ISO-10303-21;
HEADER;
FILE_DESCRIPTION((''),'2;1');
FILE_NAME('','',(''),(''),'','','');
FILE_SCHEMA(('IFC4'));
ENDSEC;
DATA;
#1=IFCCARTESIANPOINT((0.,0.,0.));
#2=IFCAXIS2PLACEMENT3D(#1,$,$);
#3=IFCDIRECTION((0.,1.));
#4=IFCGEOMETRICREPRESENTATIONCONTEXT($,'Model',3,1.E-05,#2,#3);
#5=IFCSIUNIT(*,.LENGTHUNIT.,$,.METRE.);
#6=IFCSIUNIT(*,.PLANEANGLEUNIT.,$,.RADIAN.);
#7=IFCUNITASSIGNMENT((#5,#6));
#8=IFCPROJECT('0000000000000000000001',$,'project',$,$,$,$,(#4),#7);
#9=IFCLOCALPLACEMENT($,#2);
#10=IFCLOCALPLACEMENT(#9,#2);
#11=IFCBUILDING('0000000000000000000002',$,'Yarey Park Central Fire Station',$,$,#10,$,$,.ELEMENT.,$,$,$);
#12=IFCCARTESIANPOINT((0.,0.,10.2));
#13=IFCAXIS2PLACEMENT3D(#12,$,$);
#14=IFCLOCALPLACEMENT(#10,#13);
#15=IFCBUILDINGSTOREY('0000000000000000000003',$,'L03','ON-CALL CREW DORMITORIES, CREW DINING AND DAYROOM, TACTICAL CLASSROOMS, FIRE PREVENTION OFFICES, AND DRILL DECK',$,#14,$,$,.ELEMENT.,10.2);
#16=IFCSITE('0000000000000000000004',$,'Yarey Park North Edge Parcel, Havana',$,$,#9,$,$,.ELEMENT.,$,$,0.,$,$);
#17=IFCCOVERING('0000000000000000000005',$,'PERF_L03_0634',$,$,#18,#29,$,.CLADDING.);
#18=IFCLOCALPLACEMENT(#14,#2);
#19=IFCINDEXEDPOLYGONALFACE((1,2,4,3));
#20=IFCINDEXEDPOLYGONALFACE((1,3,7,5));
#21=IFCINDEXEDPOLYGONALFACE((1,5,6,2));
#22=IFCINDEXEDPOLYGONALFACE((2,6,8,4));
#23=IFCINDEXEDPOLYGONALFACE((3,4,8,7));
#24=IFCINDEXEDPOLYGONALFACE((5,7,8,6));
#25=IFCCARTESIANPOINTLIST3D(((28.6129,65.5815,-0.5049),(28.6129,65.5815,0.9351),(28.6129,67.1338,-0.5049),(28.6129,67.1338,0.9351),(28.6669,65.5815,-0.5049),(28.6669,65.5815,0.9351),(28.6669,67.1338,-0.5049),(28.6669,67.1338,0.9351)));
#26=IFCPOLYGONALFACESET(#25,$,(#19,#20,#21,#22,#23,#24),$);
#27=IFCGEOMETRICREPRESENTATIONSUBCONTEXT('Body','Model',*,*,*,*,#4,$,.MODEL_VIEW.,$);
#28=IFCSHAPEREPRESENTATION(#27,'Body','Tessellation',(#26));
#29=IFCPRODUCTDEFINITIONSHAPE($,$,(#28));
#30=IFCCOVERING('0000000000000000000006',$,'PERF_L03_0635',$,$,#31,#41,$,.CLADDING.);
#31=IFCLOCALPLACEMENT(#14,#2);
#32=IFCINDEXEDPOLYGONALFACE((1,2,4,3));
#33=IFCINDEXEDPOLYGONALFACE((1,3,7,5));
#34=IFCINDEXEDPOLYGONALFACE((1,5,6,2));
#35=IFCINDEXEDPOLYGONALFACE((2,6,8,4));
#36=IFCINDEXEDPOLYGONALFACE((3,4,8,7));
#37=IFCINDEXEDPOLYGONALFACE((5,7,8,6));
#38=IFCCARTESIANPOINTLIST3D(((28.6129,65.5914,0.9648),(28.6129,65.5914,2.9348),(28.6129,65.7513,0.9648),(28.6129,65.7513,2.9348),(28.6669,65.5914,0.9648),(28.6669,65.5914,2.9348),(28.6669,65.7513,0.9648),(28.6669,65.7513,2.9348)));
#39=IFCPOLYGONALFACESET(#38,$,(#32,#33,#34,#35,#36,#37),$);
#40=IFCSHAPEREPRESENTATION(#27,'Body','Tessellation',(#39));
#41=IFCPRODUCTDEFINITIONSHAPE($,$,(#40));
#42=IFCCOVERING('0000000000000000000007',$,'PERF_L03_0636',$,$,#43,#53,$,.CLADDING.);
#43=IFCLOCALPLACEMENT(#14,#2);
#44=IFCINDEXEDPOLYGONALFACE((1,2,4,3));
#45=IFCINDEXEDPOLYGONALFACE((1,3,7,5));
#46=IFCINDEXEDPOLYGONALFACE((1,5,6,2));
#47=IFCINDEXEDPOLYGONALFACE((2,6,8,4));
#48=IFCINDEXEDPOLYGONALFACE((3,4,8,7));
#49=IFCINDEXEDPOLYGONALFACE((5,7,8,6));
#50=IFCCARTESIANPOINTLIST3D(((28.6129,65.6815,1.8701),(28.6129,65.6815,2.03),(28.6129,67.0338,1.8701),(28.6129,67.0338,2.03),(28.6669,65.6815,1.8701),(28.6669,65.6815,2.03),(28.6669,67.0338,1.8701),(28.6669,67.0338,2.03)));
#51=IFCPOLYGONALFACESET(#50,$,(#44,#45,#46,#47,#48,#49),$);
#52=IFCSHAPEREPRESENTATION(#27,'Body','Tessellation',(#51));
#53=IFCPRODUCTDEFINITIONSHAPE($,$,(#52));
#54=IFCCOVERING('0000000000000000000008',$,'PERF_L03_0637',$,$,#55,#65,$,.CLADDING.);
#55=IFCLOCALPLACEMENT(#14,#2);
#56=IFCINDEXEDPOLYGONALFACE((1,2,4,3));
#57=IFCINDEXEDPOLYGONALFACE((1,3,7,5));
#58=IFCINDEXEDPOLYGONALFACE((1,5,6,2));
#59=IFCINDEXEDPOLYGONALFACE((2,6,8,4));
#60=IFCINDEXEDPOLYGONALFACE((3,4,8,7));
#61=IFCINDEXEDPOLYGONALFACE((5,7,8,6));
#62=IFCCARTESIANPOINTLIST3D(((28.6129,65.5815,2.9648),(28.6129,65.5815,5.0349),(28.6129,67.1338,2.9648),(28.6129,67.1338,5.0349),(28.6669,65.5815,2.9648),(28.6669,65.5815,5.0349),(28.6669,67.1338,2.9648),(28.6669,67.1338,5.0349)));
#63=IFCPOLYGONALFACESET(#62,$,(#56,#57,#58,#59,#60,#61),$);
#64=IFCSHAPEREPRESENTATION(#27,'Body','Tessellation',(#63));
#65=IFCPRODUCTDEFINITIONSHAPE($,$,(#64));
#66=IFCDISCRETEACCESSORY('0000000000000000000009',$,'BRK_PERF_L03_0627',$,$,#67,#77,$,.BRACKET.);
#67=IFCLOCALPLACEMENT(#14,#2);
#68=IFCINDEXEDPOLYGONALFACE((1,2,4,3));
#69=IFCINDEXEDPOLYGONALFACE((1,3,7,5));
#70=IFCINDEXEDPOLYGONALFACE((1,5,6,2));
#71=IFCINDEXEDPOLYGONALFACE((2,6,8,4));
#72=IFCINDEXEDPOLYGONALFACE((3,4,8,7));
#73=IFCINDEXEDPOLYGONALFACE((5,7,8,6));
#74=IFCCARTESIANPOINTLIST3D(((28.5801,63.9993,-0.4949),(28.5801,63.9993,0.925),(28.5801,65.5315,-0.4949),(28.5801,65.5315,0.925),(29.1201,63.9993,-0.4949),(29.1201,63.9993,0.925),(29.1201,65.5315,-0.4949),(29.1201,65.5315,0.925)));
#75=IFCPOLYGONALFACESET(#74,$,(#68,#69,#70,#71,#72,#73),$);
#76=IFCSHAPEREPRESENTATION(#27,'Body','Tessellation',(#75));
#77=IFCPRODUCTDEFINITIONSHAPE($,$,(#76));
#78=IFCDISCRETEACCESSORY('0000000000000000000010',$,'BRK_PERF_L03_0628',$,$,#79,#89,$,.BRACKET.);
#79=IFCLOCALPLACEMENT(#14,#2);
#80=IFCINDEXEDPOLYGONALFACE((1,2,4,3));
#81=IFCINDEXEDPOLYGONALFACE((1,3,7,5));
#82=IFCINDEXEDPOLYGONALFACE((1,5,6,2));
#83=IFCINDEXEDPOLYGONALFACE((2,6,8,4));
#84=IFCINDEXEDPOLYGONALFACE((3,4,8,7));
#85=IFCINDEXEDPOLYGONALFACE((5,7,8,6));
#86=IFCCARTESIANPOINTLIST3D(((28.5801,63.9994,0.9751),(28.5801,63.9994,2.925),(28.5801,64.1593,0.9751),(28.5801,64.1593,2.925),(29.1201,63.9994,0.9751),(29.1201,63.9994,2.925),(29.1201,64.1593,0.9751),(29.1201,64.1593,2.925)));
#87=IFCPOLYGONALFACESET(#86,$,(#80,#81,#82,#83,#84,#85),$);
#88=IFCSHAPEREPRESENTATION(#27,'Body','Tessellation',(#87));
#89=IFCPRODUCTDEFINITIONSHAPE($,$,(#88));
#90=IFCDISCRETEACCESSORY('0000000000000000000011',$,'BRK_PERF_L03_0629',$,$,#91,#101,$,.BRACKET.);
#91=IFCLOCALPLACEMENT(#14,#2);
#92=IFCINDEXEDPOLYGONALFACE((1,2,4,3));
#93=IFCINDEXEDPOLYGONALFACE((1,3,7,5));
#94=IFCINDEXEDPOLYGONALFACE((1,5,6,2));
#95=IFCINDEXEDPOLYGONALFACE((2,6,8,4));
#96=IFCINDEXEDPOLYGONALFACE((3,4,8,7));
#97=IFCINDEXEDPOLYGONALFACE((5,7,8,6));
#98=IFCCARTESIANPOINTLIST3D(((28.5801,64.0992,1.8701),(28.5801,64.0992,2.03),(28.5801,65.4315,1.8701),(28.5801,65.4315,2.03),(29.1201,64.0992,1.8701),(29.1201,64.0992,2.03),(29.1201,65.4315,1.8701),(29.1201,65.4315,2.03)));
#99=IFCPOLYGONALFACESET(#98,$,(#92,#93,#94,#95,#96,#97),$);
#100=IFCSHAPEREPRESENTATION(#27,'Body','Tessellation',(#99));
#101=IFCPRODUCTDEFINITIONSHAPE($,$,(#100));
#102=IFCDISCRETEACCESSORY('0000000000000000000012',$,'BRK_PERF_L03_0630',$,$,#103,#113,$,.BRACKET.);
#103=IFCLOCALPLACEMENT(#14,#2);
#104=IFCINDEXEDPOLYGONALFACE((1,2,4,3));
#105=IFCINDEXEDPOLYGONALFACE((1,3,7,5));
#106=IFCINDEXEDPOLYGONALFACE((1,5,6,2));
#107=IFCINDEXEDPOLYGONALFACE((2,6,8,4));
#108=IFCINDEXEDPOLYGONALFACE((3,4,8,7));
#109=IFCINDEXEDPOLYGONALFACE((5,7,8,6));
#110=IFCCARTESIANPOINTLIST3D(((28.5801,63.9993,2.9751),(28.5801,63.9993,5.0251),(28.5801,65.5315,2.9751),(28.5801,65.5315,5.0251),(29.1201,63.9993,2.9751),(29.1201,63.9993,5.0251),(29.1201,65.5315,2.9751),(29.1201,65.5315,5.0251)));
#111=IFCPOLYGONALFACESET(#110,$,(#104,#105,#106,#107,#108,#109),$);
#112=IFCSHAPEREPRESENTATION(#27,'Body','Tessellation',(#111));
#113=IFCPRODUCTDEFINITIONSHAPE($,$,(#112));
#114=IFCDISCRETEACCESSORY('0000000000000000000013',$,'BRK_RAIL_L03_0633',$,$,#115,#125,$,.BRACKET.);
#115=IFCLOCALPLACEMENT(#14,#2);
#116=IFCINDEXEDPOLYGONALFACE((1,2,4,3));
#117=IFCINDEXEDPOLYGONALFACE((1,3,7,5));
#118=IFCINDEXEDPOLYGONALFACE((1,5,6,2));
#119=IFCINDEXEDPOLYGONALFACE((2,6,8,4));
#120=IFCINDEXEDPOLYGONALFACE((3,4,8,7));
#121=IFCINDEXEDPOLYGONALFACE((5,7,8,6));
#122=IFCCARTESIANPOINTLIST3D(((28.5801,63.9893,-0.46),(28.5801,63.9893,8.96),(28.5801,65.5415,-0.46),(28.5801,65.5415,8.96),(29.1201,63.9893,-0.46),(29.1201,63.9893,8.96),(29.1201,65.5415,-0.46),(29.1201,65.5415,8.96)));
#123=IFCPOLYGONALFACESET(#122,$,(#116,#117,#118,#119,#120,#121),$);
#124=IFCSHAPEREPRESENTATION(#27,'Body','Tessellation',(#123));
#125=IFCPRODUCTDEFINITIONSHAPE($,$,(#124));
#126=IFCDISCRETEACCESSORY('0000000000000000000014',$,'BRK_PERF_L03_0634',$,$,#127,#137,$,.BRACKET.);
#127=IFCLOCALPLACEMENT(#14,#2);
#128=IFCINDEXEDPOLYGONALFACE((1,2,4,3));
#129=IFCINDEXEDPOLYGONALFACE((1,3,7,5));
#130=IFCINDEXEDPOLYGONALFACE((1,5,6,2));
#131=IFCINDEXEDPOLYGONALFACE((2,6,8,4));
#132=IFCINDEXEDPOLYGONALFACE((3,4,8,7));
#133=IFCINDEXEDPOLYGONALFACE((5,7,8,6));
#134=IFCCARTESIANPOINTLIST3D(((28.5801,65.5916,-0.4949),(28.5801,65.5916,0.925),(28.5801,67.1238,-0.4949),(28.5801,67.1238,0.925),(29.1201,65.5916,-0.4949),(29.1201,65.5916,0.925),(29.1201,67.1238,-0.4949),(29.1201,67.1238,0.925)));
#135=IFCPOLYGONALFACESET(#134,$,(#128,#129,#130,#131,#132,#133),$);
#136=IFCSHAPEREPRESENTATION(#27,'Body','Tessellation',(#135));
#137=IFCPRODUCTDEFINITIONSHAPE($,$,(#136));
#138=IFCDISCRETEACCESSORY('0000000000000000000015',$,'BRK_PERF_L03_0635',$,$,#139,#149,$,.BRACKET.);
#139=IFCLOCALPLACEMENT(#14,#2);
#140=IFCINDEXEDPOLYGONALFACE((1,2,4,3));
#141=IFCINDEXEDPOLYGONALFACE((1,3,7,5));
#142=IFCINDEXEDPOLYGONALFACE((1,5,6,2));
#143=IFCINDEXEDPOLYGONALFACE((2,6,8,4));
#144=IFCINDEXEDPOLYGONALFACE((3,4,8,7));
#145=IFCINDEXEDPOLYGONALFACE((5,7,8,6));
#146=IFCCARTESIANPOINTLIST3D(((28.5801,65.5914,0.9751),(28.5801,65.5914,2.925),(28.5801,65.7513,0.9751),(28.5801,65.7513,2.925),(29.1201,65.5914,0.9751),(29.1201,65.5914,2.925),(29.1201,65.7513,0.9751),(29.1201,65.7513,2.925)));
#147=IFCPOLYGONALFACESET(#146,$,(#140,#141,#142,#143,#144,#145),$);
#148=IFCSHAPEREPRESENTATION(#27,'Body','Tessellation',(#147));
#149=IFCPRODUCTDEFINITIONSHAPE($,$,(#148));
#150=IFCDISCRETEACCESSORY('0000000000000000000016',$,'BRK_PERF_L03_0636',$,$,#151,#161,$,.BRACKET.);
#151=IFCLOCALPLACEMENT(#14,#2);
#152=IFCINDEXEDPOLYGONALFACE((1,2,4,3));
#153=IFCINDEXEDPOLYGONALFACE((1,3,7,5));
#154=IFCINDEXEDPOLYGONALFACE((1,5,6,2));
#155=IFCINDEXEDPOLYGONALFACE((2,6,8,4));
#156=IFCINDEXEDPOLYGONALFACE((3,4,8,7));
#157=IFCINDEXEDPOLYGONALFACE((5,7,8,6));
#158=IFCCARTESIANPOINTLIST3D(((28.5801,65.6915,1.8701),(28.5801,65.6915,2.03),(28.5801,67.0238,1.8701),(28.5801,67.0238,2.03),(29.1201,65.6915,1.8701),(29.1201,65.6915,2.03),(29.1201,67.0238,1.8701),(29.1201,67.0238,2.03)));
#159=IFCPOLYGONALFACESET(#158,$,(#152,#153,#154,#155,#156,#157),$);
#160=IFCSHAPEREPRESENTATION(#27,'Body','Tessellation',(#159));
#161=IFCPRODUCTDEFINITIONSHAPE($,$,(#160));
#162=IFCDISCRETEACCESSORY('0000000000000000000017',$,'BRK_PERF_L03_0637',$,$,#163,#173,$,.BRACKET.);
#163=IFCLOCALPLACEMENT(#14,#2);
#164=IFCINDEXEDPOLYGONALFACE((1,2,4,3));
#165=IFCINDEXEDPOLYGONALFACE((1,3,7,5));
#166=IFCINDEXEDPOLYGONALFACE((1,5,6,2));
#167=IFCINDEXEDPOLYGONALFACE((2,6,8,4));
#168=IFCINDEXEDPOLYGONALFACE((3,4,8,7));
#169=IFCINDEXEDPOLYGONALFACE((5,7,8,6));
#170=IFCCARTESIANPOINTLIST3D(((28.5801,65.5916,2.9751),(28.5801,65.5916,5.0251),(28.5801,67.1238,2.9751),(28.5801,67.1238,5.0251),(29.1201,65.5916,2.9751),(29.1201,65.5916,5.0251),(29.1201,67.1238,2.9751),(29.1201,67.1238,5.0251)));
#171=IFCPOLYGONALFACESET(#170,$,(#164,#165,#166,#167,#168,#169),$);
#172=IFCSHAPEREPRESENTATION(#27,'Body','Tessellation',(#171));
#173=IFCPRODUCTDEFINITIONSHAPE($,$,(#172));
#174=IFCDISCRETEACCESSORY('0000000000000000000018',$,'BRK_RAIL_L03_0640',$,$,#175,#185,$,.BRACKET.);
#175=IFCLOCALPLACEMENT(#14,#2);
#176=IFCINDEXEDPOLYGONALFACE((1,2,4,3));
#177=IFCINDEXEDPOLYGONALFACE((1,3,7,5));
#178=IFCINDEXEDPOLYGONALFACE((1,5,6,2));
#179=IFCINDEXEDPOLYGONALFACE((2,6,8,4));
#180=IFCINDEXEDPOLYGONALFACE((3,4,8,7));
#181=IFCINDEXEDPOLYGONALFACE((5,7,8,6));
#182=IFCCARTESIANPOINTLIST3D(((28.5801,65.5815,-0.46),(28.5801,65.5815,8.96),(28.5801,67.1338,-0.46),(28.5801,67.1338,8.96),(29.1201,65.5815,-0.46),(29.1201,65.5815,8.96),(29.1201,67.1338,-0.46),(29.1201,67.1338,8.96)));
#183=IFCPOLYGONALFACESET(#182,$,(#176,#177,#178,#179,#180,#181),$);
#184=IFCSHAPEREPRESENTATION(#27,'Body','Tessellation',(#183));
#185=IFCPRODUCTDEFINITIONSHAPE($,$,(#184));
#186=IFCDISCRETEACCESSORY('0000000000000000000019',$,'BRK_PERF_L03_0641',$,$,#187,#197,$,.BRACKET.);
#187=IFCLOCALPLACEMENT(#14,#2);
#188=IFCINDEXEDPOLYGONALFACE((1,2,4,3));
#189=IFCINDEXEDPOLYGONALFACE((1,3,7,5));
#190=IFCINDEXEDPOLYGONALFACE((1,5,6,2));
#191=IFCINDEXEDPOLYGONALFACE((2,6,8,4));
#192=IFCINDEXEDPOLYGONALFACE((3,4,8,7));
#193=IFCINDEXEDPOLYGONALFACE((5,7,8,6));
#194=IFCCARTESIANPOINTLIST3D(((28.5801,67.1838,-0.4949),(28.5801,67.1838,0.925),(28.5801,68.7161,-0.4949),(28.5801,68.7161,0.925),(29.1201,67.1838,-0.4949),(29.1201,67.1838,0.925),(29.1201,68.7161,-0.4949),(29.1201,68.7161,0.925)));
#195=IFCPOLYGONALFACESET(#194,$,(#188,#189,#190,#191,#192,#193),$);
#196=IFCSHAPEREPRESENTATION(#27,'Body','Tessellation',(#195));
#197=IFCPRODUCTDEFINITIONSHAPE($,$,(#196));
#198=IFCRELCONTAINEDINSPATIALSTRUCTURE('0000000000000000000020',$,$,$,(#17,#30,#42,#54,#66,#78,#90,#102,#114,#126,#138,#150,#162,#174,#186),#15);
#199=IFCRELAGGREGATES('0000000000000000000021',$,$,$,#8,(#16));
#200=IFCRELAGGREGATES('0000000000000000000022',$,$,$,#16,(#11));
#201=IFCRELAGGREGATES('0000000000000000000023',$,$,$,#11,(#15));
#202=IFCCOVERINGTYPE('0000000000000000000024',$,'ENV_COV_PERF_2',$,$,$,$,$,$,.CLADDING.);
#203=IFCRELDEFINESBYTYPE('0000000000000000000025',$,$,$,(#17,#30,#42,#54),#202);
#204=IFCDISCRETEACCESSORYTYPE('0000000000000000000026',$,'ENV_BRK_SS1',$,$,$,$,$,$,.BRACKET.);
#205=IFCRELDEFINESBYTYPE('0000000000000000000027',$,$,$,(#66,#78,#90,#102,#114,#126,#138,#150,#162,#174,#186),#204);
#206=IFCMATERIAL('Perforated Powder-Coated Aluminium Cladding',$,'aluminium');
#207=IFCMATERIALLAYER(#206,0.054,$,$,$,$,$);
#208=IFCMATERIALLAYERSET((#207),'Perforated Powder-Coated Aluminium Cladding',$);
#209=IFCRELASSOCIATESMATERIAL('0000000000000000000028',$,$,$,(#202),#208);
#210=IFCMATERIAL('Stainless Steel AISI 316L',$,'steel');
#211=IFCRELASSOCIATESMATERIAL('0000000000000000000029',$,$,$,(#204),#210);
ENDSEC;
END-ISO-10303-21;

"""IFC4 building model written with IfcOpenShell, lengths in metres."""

from ifc_helpers import new_model, si_unit, direction, frame, origin, origin_2d, place, context, subcontext, project, spatial, rectangle, extrude, material, layer, layer_set, type_object, element, save


model = new_model("IFC4")

# Units and contexts
model_context = context("Model", 3, precision=1e-05, world=origin(), true_north=direction((0.0, 1.0)))
body_context = subcontext(model_context, "Body", "Model", "MODEL_VIEW")
ifc_project = project(units=[si_unit("LENGTHUNIT", "METRE"), si_unit("PLANEANGLEUNIT", "RADIAN")], contexts=[model_context])

# Site, building, storey
site_placement = place(None, origin())
site = spatial("IfcSite", under=ifc_project, at=site_placement, Name="Yarey Park North Edge Parcel, Havana", CompositionType="ELEMENT", RefElevation=0.0)
building_placement = place(site_placement, origin())
building = spatial("IfcBuilding", under=site, at=building_placement, Name="Yarey Park Central Fire Station", CompositionType="ELEMENT")
storey_placement = place(building_placement, frame((0.0, 0.0, 10.2)))
storey = spatial("IfcBuildingStorey", under=building, at=storey_placement, Name="L03", Description="ON-CALL CREW DORMITORIES, CREW DINING AND DAYROOM, TACTICAL CLASSROOMS, FIRE PREVENTION OFFICES, AND DRILL DECK", CompositionType="ELEMENT", Elevation=10.2)

# Coverings
ifc_material_1 = material(Name="Perforated Powder-Coated Aluminium Cladding", Category="aluminium")
ifc_layer_1 = layer(ifc_material_1, 0.054)
ifc_layer_set_1 = layer_set([ifc_layer_1], Name="Perforated Powder-Coated Aluminium Cladding")
covering_type_1 = type_object("IfcCoveringType", Name="ENV_COV_PERF_2", PredefinedType="CLADDING", material=ifc_layer_set_1)
covering_1_placement = place(storey_placement, frame((28.6399, 66.3577, -0.5049), z_axis=(0.0, 0.0, 1.0), x_axis=(0.0, 1.0, 0.0)))
element("IfcCovering", 1, at=covering_1_placement, inside=storey, type_object=covering_type_1, Name="PERF_L03_0634", PredefinedType="CLADDING", context=body_context, shape_type="SweptSolid", body=[
    extrude(rectangle(XDim=1.5522, YDim=0.054, at=origin_2d()), origin(), (0.0, 0.0, 1.0), 1.4399),
])
covering_2_placement = place(storey_placement, frame((28.6399, 65.6714, 0.9648), z_axis=(0.0, 0.0, 1.0), x_axis=(0.0, 1.0, 0.0)))
element("IfcCovering", 2, at=covering_2_placement, inside=storey, type_object=covering_type_1, Name="PERF_L03_0635", PredefinedType="CLADDING", context=body_context, shape_type="SweptSolid", body=[
    extrude(rectangle(XDim=0.1599, YDim=0.054, at=origin_2d()), origin(), (0.0, 0.0, 1.0), 1.97),
])
covering_3_placement = place(storey_placement, frame((28.6399, 66.3577, 1.8701), z_axis=(0.0, 0.0, 1.0), x_axis=(0.0, 1.0, 0.0)))
element("IfcCovering", 3, at=covering_3_placement, inside=storey, type_object=covering_type_1, Name="PERF_L03_0636", PredefinedType="CLADDING", context=body_context, shape_type="SweptSolid", body=[
    extrude(rectangle(XDim=1.3523, YDim=0.054, at=origin_2d()), origin(), (0.0, 0.0, 1.0), 0.1599),
])
covering_4_placement = place(storey_placement, frame((28.6399, 66.3577, 2.9648), z_axis=(0.0, 0.0, 1.0), x_axis=(0.0, 1.0, 0.0)))
element("IfcCovering", 4, at=covering_4_placement, inside=storey, type_object=covering_type_1, Name="PERF_L03_0637", PredefinedType="CLADDING", context=body_context, shape_type="SweptSolid", body=[
    extrude(rectangle(XDim=1.5522, YDim=0.054, at=origin_2d()), origin(), (0.0, 0.0, 1.0), 2.0701),
])

# Discrete accessories
ifc_material_2 = material(Name="Stainless Steel AISI 316L", Category="steel")
discrete_accessory_type = type_object("IfcDiscreteAccessoryType", Name="ENV_BRK_SS1", PredefinedType="BRACKET", material=ifc_material_2)
discrete_accessory_1_placement = place(storey_placement, frame((28.8501, 64.7654, -0.4949), z_axis=(0.0, 0.0, 1.0), x_axis=(1.0, 0.0, 0.0)))
element("IfcDiscreteAccessory", 5, at=discrete_accessory_1_placement, inside=storey, type_object=discrete_accessory_type, Name="BRK_PERF_L03_0627", PredefinedType="BRACKET", context=body_context, shape_type="SweptSolid", body=[
    extrude(rectangle(XDim=0.54, YDim=1.5322, at=origin_2d()), origin(), (0.0, 0.0, 1.0), 1.4199),
])
discrete_accessory_2_placement = place(storey_placement, frame((28.8501, 64.0793, 0.9751), z_axis=(0.0, 0.0, 1.0), x_axis=(1.0, 0.0, 0.0)))
element("IfcDiscreteAccessory", 6, at=discrete_accessory_2_placement, inside=storey, type_object=discrete_accessory_type, Name="BRK_PERF_L03_0628", PredefinedType="BRACKET", context=body_context, shape_type="SweptSolid", body=[
    extrude(rectangle(XDim=0.54, YDim=0.1599, at=origin_2d()), origin(), (0.0, 0.0, 1.0), 1.95),
])
discrete_accessory_3_placement = place(storey_placement, frame((28.8501, 64.7654, 1.8701), z_axis=(0.0, 0.0, 1.0), x_axis=(1.0, 0.0, 0.0)))
element("IfcDiscreteAccessory", 7, at=discrete_accessory_3_placement, inside=storey, type_object=discrete_accessory_type, Name="BRK_PERF_L03_0629", PredefinedType="BRACKET", context=body_context, shape_type="SweptSolid", body=[
    extrude(rectangle(XDim=0.54, YDim=1.3323, at=origin_2d()), origin(), (0.0, 0.0, 1.0), 0.1599),
])
discrete_accessory_4_placement = place(storey_placement, frame((28.8501, 64.7654, 2.9751), z_axis=(0.0, 0.0, 1.0), x_axis=(1.0, 0.0, 0.0)))
element("IfcDiscreteAccessory", 8, at=discrete_accessory_4_placement, inside=storey, type_object=discrete_accessory_type, Name="BRK_PERF_L03_0630", PredefinedType="BRACKET", context=body_context, shape_type="SweptSolid", body=[
    extrude(rectangle(XDim=0.54, YDim=1.5322, at=origin_2d()), origin(), (0.0, 0.0, 1.0), 2.05),
])
discrete_accessory_5_placement = place(storey_placement, frame((28.8501, 64.7654, -0.46), z_axis=(0.0, 0.0, 1.0), x_axis=(1.0, 0.0, 0.0)))
element("IfcDiscreteAccessory", 9, at=discrete_accessory_5_placement, inside=storey, type_object=discrete_accessory_type, Name="BRK_RAIL_L03_0633", PredefinedType="BRACKET", context=body_context, shape_type="SweptSolid", body=[
    extrude(rectangle(XDim=0.54, YDim=1.5522, at=origin_2d()), origin(), (0.0, 0.0, 1.0), 9.4199),
])
discrete_accessory_6_placement = place(storey_placement, frame((28.8501, 66.3577, -0.4949), z_axis=(0.0, 0.0, 1.0), x_axis=(1.0, 0.0, 0.0)))
element("IfcDiscreteAccessory", 10, at=discrete_accessory_6_placement, inside=storey, type_object=discrete_accessory_type, Name="BRK_PERF_L03_0634", PredefinedType="BRACKET", context=body_context, shape_type="SweptSolid", body=[
    extrude(rectangle(XDim=0.54, YDim=1.5322, at=origin_2d()), origin(), (0.0, 0.0, 1.0), 1.4199),
])
discrete_accessory_7_placement = place(storey_placement, frame((28.8501, 65.6714, 0.9751), z_axis=(0.0, 0.0, 1.0), x_axis=(1.0, 0.0, 0.0)))
element("IfcDiscreteAccessory", 11, at=discrete_accessory_7_placement, inside=storey, type_object=discrete_accessory_type, Name="BRK_PERF_L03_0635", PredefinedType="BRACKET", context=body_context, shape_type="SweptSolid", body=[
    extrude(rectangle(XDim=0.54, YDim=0.1599, at=origin_2d()), origin(), (0.0, 0.0, 1.0), 1.95),
])
discrete_accessory_8_placement = place(storey_placement, frame((28.8501, 66.3577, 1.8701), z_axis=(0.0, 0.0, 1.0), x_axis=(1.0, 0.0, 0.0)))
element("IfcDiscreteAccessory", 12, at=discrete_accessory_8_placement, inside=storey, type_object=discrete_accessory_type, Name="BRK_PERF_L03_0636", PredefinedType="BRACKET", context=body_context, shape_type="SweptSolid", body=[
    extrude(rectangle(XDim=0.54, YDim=1.3323, at=origin_2d()), origin(), (0.0, 0.0, 1.0), 0.1599),
])
discrete_accessory_9_placement = place(storey_placement, frame((28.8501, 66.3577, 2.9751), z_axis=(0.0, 0.0, 1.0), x_axis=(1.0, 0.0, 0.0)))
element("IfcDiscreteAccessory", 13, at=discrete_accessory_9_placement, inside=storey, type_object=discrete_accessory_type, Name="BRK_PERF_L03_0637", PredefinedType="BRACKET", context=body_context, shape_type="SweptSolid", body=[
    extrude(rectangle(XDim=0.54, YDim=1.5322, at=origin_2d()), origin(), (0.0, 0.0, 1.0), 2.05),
])
discrete_accessory_10_placement = place(storey_placement, frame((28.8501, 66.3577, -0.46), z_axis=(0.0, 0.0, 1.0), x_axis=(1.0, 0.0, 0.0)))
element("IfcDiscreteAccessory", 14, at=discrete_accessory_10_placement, inside=storey, type_object=discrete_accessory_type, Name="BRK_RAIL_L03_0640", PredefinedType="BRACKET", context=body_context, shape_type="SweptSolid", body=[
    extrude(rectangle(XDim=0.54, YDim=1.5522, at=origin_2d()), origin(), (0.0, 0.0, 1.0), 9.4199),
])
discrete_accessory_11_placement = place(storey_placement, frame((28.8501, 67.95, -0.4949), z_axis=(0.0, 0.0, 1.0), x_axis=(1.0, 0.0, 0.0)))
element("IfcDiscreteAccessory", 15, at=discrete_accessory_11_placement, inside=storey, type_object=discrete_accessory_type, Name="BRK_PERF_L03_0641", PredefinedType="BRACKET", context=body_context, shape_type="SweptSolid", body=[
    extrude(rectangle(XDim=0.54, YDim=1.5322, at=origin_2d()), origin(), (0.0, 0.0, 1.0), 1.4199),
])

save(model, "model.ifc")
